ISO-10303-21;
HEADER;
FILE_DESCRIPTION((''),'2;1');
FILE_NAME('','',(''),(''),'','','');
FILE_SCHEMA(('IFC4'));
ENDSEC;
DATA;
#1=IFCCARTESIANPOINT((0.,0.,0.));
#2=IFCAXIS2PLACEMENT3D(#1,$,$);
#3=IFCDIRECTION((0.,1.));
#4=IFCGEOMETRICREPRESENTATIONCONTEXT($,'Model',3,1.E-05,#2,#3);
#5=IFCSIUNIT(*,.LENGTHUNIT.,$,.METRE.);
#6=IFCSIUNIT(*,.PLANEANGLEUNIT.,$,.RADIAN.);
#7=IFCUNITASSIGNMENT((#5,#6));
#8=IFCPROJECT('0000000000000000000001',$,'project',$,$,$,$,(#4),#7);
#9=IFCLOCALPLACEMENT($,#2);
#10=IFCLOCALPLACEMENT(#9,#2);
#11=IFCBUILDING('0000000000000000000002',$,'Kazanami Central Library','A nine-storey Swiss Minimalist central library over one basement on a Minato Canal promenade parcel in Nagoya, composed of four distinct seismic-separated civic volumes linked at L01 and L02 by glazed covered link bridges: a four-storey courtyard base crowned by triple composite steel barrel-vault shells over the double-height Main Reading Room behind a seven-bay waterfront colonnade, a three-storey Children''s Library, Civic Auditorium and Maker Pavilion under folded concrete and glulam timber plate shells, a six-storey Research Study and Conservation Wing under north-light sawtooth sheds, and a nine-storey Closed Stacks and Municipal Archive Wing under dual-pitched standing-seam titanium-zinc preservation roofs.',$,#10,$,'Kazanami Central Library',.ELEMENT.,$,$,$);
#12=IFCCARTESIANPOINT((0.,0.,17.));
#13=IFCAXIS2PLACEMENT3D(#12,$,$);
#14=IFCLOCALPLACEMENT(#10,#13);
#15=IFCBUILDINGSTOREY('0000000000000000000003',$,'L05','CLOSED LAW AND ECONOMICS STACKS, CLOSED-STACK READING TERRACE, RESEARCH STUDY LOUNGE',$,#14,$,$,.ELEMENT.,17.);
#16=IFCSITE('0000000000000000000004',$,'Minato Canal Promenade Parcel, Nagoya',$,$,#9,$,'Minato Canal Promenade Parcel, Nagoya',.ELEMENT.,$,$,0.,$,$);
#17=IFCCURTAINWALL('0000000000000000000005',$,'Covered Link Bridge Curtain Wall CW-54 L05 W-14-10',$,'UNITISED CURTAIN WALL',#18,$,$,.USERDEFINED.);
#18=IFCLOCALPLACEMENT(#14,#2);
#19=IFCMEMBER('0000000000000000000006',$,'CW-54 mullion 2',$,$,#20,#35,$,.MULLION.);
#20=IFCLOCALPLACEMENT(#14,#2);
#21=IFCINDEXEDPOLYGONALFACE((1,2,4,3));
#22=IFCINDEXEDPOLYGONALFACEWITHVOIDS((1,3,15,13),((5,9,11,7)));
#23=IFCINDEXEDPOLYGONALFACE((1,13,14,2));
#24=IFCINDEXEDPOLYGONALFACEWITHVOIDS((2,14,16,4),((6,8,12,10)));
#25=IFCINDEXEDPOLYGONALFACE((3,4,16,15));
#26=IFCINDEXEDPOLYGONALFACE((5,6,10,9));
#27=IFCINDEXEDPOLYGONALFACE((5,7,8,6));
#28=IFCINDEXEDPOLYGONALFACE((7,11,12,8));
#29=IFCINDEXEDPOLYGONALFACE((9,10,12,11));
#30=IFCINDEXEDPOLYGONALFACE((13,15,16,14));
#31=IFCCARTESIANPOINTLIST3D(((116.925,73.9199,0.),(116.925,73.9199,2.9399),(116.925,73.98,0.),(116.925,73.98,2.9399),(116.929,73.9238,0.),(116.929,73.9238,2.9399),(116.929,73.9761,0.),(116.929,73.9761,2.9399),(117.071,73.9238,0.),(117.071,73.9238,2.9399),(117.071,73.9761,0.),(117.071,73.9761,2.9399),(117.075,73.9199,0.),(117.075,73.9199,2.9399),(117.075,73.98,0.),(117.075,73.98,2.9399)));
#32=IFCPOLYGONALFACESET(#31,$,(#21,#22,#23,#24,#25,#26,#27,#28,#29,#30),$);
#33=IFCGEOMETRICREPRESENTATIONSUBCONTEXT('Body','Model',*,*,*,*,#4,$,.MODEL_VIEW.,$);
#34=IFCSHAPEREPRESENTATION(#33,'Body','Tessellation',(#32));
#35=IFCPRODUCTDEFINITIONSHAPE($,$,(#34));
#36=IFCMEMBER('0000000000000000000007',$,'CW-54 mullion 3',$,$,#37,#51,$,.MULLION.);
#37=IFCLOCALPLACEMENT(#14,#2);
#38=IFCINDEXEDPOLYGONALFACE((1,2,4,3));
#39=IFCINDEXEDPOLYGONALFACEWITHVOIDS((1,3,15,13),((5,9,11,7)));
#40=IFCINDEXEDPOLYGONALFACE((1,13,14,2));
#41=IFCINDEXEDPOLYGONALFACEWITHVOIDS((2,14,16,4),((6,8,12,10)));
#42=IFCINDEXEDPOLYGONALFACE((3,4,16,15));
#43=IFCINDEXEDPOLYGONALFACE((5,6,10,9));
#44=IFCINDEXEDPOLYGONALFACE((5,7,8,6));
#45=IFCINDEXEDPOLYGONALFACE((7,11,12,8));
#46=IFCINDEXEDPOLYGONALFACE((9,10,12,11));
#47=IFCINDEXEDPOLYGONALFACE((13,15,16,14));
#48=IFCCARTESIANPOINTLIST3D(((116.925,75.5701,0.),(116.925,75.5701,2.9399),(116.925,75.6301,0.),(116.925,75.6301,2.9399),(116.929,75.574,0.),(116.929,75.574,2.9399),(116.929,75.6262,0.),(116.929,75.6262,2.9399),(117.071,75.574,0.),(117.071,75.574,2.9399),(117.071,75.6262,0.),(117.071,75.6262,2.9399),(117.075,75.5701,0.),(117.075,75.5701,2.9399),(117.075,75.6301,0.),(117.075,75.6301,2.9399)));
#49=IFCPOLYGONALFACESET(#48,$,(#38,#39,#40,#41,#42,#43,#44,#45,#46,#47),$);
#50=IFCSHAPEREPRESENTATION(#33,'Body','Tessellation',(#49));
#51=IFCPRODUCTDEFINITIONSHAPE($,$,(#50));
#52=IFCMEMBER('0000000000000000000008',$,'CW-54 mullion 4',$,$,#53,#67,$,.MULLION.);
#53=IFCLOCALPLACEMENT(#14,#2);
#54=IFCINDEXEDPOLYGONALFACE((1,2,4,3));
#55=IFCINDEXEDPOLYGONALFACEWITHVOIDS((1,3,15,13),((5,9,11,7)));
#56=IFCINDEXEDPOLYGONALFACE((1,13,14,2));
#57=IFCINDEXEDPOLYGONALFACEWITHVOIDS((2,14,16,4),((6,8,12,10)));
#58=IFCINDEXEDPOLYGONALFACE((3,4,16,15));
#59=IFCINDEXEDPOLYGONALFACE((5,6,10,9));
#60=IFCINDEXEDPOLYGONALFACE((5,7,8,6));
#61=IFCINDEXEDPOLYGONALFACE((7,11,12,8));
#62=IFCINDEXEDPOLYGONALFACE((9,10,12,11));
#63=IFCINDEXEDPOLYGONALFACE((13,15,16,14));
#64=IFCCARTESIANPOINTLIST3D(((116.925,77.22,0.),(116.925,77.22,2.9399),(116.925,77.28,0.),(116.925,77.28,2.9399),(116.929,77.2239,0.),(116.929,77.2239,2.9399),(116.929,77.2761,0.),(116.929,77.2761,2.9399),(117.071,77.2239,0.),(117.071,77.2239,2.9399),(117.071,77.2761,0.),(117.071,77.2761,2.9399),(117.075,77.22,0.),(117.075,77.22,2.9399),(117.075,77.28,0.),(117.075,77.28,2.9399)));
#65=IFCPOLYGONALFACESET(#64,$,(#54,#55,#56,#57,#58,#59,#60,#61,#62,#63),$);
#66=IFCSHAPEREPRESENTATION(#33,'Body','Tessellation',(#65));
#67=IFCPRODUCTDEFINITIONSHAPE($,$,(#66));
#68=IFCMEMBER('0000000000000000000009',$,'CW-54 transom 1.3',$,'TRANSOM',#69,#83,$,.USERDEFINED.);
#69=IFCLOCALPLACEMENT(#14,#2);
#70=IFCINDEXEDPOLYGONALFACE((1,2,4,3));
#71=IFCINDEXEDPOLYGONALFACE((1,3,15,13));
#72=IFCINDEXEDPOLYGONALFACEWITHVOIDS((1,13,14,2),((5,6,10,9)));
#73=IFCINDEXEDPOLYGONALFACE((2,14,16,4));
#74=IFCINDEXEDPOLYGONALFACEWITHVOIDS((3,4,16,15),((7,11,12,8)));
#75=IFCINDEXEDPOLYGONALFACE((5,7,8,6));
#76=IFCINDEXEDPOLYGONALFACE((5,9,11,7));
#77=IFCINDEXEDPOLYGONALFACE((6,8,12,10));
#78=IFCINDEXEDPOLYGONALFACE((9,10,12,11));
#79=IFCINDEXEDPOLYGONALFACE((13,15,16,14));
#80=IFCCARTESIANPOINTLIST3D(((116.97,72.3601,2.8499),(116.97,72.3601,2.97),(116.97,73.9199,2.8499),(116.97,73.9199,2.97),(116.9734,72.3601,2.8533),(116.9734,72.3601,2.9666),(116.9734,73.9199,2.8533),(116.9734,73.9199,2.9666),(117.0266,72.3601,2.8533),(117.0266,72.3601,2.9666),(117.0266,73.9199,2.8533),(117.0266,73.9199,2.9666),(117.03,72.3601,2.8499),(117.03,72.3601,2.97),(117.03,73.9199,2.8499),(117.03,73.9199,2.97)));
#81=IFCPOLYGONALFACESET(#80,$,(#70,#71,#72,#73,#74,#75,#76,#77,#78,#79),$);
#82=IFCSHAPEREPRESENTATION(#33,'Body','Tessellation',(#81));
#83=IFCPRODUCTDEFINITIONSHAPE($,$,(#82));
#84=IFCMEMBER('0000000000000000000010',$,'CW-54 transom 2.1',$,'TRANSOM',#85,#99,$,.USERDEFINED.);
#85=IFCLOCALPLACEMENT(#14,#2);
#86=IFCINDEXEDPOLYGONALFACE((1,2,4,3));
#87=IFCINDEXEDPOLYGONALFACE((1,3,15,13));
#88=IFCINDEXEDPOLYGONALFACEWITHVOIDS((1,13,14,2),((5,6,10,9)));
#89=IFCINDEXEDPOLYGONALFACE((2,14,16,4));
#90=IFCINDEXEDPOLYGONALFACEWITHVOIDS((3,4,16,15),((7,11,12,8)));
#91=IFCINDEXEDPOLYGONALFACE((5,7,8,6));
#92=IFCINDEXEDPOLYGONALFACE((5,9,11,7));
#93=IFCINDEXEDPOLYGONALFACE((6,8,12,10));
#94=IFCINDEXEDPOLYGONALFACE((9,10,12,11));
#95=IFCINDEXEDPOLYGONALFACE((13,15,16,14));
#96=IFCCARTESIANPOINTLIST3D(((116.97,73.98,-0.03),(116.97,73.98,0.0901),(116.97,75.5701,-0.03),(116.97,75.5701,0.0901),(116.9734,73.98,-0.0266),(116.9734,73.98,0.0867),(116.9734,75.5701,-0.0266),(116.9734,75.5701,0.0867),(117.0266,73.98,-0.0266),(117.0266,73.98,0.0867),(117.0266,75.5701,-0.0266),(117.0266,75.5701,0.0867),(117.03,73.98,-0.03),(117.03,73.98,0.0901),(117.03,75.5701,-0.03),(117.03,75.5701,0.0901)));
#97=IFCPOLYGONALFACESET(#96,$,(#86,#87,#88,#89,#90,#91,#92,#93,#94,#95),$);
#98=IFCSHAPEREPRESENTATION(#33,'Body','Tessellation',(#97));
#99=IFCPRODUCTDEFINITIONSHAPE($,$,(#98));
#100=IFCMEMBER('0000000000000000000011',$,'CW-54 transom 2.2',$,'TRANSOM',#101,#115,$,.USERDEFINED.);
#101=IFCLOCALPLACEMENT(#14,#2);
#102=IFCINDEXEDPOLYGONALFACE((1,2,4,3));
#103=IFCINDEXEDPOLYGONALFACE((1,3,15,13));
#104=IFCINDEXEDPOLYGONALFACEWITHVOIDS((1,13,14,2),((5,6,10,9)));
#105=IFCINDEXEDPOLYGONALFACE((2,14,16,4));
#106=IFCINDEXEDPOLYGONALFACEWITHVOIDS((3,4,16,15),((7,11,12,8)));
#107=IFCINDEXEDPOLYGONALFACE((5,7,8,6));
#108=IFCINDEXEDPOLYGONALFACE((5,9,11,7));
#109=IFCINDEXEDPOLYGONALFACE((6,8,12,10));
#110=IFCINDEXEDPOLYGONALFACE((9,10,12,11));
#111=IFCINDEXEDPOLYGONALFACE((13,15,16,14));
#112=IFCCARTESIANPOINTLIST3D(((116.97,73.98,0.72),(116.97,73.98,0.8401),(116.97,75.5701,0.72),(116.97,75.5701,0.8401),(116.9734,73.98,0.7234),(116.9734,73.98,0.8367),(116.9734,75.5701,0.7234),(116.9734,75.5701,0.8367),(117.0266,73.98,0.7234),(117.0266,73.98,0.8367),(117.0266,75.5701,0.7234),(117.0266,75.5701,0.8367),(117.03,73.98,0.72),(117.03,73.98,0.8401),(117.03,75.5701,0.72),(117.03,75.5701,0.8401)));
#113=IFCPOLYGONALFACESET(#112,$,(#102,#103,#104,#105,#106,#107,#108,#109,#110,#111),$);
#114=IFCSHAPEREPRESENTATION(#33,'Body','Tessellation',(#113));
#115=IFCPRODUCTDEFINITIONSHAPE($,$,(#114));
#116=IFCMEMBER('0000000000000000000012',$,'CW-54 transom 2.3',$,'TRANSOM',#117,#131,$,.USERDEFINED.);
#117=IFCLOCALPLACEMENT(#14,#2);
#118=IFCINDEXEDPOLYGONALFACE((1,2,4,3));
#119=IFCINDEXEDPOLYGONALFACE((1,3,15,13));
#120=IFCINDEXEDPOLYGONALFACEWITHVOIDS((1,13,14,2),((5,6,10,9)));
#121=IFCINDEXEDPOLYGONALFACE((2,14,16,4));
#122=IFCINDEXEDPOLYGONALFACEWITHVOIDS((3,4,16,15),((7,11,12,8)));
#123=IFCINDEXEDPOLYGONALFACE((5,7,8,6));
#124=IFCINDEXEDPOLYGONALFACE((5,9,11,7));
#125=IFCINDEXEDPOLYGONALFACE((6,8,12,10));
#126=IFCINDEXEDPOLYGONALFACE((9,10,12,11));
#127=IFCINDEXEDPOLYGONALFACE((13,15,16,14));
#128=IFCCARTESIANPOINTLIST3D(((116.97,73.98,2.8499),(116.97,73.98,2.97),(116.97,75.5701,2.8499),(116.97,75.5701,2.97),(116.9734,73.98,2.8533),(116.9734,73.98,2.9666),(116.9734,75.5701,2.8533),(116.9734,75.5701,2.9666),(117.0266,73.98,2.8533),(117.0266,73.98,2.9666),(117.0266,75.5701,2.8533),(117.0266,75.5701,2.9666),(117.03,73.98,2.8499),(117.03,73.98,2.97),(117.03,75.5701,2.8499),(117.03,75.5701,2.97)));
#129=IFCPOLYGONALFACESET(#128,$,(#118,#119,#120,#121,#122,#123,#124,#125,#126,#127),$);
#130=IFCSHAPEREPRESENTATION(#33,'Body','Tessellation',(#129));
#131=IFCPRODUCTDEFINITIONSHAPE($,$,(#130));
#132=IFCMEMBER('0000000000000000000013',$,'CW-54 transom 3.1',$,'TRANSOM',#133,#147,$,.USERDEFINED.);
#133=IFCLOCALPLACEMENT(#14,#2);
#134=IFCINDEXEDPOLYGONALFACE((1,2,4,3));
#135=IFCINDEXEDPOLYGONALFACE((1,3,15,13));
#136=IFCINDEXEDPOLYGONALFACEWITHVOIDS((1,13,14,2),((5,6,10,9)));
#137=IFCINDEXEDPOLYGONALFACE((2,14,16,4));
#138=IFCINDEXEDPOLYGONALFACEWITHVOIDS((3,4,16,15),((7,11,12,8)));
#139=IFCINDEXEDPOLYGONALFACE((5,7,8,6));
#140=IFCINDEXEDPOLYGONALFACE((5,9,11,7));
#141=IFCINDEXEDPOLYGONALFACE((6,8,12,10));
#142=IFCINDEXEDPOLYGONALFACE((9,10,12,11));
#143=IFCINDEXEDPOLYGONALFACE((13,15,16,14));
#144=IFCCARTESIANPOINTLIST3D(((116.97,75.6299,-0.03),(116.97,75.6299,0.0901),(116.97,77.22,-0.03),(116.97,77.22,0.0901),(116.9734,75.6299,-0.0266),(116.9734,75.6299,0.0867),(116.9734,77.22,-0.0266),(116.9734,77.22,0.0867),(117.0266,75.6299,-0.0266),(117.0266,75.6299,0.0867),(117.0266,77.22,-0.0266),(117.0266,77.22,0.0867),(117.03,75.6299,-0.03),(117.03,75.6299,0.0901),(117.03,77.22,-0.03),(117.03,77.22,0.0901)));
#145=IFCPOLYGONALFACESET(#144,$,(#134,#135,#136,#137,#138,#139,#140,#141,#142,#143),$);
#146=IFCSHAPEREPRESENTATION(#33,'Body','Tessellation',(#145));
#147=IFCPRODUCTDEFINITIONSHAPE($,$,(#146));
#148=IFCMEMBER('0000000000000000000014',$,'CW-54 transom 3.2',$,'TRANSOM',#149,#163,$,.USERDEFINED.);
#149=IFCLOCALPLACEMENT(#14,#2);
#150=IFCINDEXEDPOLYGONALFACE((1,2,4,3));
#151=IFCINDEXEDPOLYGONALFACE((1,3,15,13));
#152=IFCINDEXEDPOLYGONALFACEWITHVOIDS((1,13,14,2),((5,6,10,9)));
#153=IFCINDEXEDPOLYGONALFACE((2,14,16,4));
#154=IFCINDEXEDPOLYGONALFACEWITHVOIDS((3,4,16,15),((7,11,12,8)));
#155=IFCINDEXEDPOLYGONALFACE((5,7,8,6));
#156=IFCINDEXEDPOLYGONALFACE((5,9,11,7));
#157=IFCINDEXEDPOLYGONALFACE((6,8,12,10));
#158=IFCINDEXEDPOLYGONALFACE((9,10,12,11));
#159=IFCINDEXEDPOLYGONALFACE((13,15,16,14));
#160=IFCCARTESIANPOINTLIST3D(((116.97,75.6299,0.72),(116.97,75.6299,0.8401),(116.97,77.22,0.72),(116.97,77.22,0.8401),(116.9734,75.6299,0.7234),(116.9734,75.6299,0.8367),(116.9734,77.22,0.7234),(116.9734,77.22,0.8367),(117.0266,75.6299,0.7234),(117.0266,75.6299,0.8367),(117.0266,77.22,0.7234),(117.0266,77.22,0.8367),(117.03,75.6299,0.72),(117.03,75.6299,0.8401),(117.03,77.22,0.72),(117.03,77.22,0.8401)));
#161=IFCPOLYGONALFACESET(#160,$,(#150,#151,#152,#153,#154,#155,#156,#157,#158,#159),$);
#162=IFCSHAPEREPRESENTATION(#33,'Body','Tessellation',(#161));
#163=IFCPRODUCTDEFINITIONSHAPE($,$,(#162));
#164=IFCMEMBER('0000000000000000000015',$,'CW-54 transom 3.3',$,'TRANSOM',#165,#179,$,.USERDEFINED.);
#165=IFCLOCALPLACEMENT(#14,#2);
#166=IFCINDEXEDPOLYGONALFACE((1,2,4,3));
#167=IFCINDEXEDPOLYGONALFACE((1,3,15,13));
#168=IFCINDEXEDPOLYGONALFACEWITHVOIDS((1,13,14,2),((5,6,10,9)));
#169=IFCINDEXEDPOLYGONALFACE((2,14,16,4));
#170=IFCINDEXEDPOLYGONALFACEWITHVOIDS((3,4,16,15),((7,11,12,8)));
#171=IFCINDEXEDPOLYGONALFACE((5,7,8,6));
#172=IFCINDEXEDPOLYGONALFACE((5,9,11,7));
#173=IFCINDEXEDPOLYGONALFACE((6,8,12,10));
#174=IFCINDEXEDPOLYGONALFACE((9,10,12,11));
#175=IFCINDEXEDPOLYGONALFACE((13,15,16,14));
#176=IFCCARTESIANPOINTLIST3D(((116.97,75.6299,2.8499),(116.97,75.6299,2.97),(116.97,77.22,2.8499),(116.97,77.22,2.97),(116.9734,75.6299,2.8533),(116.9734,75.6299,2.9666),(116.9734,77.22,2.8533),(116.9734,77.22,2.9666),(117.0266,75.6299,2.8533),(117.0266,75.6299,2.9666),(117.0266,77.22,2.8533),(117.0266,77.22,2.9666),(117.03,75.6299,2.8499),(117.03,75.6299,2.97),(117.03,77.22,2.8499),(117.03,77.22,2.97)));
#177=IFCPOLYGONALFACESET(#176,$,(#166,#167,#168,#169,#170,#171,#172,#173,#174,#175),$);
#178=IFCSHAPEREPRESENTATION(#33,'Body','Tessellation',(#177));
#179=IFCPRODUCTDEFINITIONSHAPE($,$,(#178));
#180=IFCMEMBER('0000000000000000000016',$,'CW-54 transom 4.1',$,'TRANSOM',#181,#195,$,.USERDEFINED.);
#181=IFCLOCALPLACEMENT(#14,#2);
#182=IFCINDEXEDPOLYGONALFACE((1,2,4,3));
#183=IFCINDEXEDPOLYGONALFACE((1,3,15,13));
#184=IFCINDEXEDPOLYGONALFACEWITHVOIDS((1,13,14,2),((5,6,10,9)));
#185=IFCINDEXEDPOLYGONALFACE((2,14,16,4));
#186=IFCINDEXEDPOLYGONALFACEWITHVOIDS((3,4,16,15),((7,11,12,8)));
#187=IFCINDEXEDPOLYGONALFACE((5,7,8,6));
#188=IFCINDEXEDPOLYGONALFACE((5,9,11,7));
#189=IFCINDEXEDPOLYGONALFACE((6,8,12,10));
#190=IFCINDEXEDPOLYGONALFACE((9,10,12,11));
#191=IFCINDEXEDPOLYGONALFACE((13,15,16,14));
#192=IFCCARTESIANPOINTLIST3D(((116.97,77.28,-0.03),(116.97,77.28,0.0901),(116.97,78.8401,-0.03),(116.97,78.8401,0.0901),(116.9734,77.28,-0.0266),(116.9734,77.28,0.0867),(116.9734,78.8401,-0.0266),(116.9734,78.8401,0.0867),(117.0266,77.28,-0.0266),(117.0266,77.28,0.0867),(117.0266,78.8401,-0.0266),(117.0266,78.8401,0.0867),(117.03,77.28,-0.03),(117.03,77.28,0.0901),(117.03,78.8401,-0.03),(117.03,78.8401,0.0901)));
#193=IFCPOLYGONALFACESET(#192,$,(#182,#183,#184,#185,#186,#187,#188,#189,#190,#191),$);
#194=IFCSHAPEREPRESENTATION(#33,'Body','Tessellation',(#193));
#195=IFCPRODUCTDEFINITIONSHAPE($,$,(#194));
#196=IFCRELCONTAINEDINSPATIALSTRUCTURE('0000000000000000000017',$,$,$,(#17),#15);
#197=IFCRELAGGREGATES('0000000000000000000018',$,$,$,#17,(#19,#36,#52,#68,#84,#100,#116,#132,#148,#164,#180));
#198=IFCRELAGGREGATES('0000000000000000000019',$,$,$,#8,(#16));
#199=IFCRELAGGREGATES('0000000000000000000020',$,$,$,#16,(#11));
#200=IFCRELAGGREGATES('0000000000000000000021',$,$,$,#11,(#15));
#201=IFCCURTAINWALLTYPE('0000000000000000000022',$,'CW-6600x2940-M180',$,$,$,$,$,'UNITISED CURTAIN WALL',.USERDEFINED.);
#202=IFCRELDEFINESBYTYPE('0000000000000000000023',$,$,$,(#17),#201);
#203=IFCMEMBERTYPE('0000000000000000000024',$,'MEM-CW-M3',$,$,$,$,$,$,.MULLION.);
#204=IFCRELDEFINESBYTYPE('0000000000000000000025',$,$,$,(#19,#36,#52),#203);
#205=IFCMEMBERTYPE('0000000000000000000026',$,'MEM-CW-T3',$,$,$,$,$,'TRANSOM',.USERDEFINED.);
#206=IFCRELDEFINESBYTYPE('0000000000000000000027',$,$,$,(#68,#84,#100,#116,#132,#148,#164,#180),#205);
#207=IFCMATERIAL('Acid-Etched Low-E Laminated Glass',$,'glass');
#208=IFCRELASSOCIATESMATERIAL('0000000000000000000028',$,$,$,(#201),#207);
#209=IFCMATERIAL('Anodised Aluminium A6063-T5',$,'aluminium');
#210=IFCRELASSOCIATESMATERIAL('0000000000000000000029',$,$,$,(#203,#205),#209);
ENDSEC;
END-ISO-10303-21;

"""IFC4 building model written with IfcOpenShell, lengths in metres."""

from ifc_helpers import new_model, si_unit, direction, frame, origin, origin_2d, place, context, subcontext, project, spatial, hollow_rectangle, extrude, material, material_profile, profile_set, type_object, element, aggregate, save


model = new_model("IFC4")

# Units and contexts
model_context = context("Model", 3, precision=1e-05, world=origin(), true_north=direction((0.0, 1.0)))
body_context = subcontext(model_context, "Body", "Model", "MODEL_VIEW")
ifc_project = project(units=[si_unit("LENGTHUNIT", "METRE"), si_unit("PLANEANGLEUNIT", "RADIAN")], contexts=[model_context])

# Site, building, storey
site_placement = place(None, origin())
site = spatial("IfcSite", under=ifc_project, at=site_placement, Name="Minato Canal Promenade Parcel, Nagoya", LongName="Minato Canal Promenade Parcel, Nagoya", CompositionType="ELEMENT", RefElevation=0.0)
building_placement = place(site_placement, origin())
building = spatial("IfcBuilding", under=site, at=building_placement, Name="Kazanami Central Library", Description="A nine-storey Swiss Minimalist central library over one basement on a Minato Canal promenade parcel in Nagoya, composed of four distinct seismic-separated civic volumes linked at L01 and L02 by glazed covered link bridges: a four-storey courtyard base crowned by triple composite steel barrel-vault shells over the double-height Main Reading Room behind a seven-bay waterfront colonnade, a three-storey Children's Library, Civic Auditorium and Maker Pavilion under folded concrete and glulam timber plate shells, a six-storey Research Study and Conservation Wing under north-light sawtooth sheds, and a nine-storey Closed Stacks and Municipal Archive Wing under dual-pitched standing-seam titanium-zinc preservation roofs.", LongName="Kazanami Central Library", CompositionType="ELEMENT")
storey_placement = place(building_placement, frame((0.0, 0.0, 17.0)))
storey = spatial("IfcBuildingStorey", under=building, at=storey_placement, Name="L05", Description="CLOSED LAW AND ECONOMICS STACKS, CLOSED-STACK READING TERRACE, RESEARCH STUDY LOUNGE", CompositionType="ELEMENT", Elevation=17.0)

# Curtain wall, members
ifc_material_1 = material(Name="Acid-Etched Low-E Laminated Glass", Category="glass")
curtain_wall_type = type_object("IfcCurtainWallType", Name="CW-6600x2940-M180", ElementType="UNITISED CURTAIN WALL", PredefinedType="USERDEFINED", material=ifc_material_1)
curtain_wall_placement = place(storey_placement, origin())
curtain_wall = element("IfcCurtainWall", 1, at=curtain_wall_placement, inside=storey, type_object=curtain_wall_type, Name="Covered Link Bridge Curtain Wall CW-54 L05 W-14-10", ObjectType="UNITISED CURTAIN WALL", PredefinedType="USERDEFINED")
ifc_material_2 = material(Name="Anodised Aluminium A6063-T5", Category="aluminium")
ifc_material_profile_1 = material_profile(ifc_material_2, hollow_rectangle(XDim=0.0601, YDim=0.1499, WallThickness=0.0039, at=origin_2d()), Name="ALU-MULL-60x150x4")
ifc_profile_set_1 = profile_set([ifc_material_profile_1], Name="Anodised Aluminium A6063-T5")
member_type_1 = type_object("IfcMemberType", Name="MEM-CW-M3", PredefinedType="MULLION", material=ifc_profile_set_1)
member_1_placement = place(storey_placement, frame((117.0, 73.95, 0.0), z_axis=(0.0, 0.0, 1.0), x_axis=(0.0, 1.0, 0.0)))
member_1 = element("IfcMember", 2, at=member_1_placement, type_object=member_type_1, Name="CW-54 mullion 2", PredefinedType="MULLION", context=body_context, shape_type="SweptSolid", body=[
    extrude(hollow_rectangle(XDim=0.0601, YDim=0.1499, WallThickness=0.0039, at=origin_2d()), origin(), (0.0, 0.0, 1.0), 2.9399),
])
member_2_placement = place(storey_placement, frame((117.0, 75.6001, 0.0), z_axis=(0.0, 0.0, 1.0), x_axis=(0.0, 1.0, 0.0)))
member_2 = element("IfcMember", 3, at=member_2_placement, type_object=member_type_1, Name="CW-54 mullion 3", PredefinedType="MULLION", context=body_context, shape_type="SweptSolid", body=[
    extrude(hollow_rectangle(XDim=0.0601, YDim=0.1499, WallThickness=0.0039, at=origin_2d()), origin(), (0.0, 0.0, 1.0), 2.9399),
])
member_3_placement = place(storey_placement, frame((117.0, 77.25, 0.0), z_axis=(0.0, 0.0, 1.0), x_axis=(0.0, 1.0, 0.0)))
member_3 = element("IfcMember", 4, at=member_3_placement, type_object=member_type_1, Name="CW-54 mullion 4", PredefinedType="MULLION", context=body_context, shape_type="SweptSolid", body=[
    extrude(hollow_rectangle(XDim=0.0601, YDim=0.1499, WallThickness=0.0039, at=origin_2d()), origin(), (0.0, 0.0, 1.0), 2.9399),
])
ifc_material_profile_2 = material_profile(ifc_material_2, hollow_rectangle(XDim=0.0601, YDim=0.1201, WallThickness=0.0034, at=origin_2d()), Name="ALU-TRAN-60x120x3.5")
ifc_profile_set_2 = profile_set([ifc_material_profile_2], Name="Anodised Aluminium A6063-T5")
member_type_2 = type_object("IfcMemberType", Name="MEM-CW-T3", ElementType="TRANSOM", PredefinedType="USERDEFINED", material=ifc_profile_set_2)
member_4_placement = place(storey_placement, frame((117.0, 72.3601, 2.9099), z_axis=(0.0, 1.0, 0.0), x_axis=(-1.0, 0.0, 0.0)))
member_4 = element("IfcMember", 5, at=member_4_placement, type_object=member_type_2, Name="CW-54 transom 1.3", ObjectType="TRANSOM", PredefinedType="USERDEFINED", context=body_context, shape_type="SweptSolid", body=[
    extrude(hollow_rectangle(XDim=0.0601, YDim=0.1201, WallThickness=0.0034, at=origin_2d()), origin(), (0.0, 0.0, 1.0), 1.5598),
])
member_5_placement = place(storey_placement, frame((117.0, 73.98, 0.03), z_axis=(0.0, 1.0, 0.0), x_axis=(-1.0, 0.0, 0.0)))
member_5 = element("IfcMember", 6, at=member_5_placement, type_object=member_type_2, Name="CW-54 transom 2.1", ObjectType="TRANSOM", PredefinedType="USERDEFINED", context=body_context, shape_type="SweptSolid", body=[
    extrude(hollow_rectangle(XDim=0.0601, YDim=0.1201, WallThickness=0.0034, at=origin_2d()), origin(), (0.0, 0.0, 1.0), 1.5901),
])
member_6_placement = place(storey_placement, frame((117.0, 73.98, 0.78), z_axis=(0.0, 1.0, 0.0), x_axis=(-1.0, 0.0, 0.0)))
member_6 = element("IfcMember", 7, at=member_6_placement, type_object=member_type_2, Name="CW-54 transom 2.2", ObjectType="TRANSOM", PredefinedType="USERDEFINED", context=body_context, shape_type="SweptSolid", body=[
    extrude(hollow_rectangle(XDim=0.0601, YDim=0.1201, WallThickness=0.0034, at=origin_2d()), origin(), (0.0, 0.0, 1.0), 1.5901),
])
member_7_placement = place(storey_placement, frame((117.0, 73.98, 2.9099), z_axis=(0.0, 1.0, 0.0), x_axis=(-1.0, 0.0, 0.0)))
member_7 = element("IfcMember", 8, at=member_7_placement, type_object=member_type_2, Name="CW-54 transom 2.3", ObjectType="TRANSOM", PredefinedType="USERDEFINED", context=body_context, shape_type="SweptSolid", body=[
    extrude(hollow_rectangle(XDim=0.0601, YDim=0.1201, WallThickness=0.0034, at=origin_2d()), origin(), (0.0, 0.0, 1.0), 1.5901),
])
member_8_placement = place(storey_placement, frame((117.0, 75.6299, 0.03), z_axis=(0.0, 1.0, 0.0), x_axis=(-1.0, 0.0, 0.0)))
member_8 = element("IfcMember", 9, at=member_8_placement, type_object=member_type_2, Name="CW-54 transom 3.1", ObjectType="TRANSOM", PredefinedType="USERDEFINED", context=body_context, shape_type="SweptSolid", body=[
    extrude(hollow_rectangle(XDim=0.0601, YDim=0.1201, WallThickness=0.0034, at=origin_2d()), origin(), (0.0, 0.0, 1.0), 1.5901),
])
member_9_placement = place(storey_placement, frame((117.0, 75.6299, 0.78), z_axis=(0.0, 1.0, 0.0), x_axis=(-1.0, 0.0, 0.0)))
member_9 = element("IfcMember", 10, at=member_9_placement, type_object=member_type_2, Name="CW-54 transom 3.2", ObjectType="TRANSOM", PredefinedType="USERDEFINED", context=body_context, shape_type="SweptSolid", body=[
    extrude(hollow_rectangle(XDim=0.0601, YDim=0.1201, WallThickness=0.0034, at=origin_2d()), origin(), (0.0, 0.0, 1.0), 1.5901),
])
member_10_placement = place(storey_placement, frame((117.0, 75.6299, 2.9099), z_axis=(0.0, 1.0, 0.0), x_axis=(-1.0, 0.0, 0.0)))
member_10 = element("IfcMember", 11, at=member_10_placement, type_object=member_type_2, Name="CW-54 transom 3.3", ObjectType="TRANSOM", PredefinedType="USERDEFINED", context=body_context, shape_type="SweptSolid", body=[
    extrude(hollow_rectangle(XDim=0.0601, YDim=0.1201, WallThickness=0.0034, at=origin_2d()), origin(), (0.0, 0.0, 1.0), 1.5901),
])
member_11_placement = place(storey_placement, frame((117.0, 77.28, 0.03), z_axis=(0.0, 1.0, 0.0), x_axis=(-1.0, 0.0, 0.0)))
member_11 = element("IfcMember", 12, at=member_11_placement, type_object=member_type_2, Name="CW-54 transom 4.1", ObjectType="TRANSOM", PredefinedType="USERDEFINED", context=body_context, shape_type="SweptSolid", body=[
    extrude(hollow_rectangle(XDim=0.0601, YDim=0.1201, WallThickness=0.0034, at=origin_2d()), origin(), (0.0, 0.0, 1.0), 1.5601),
])
aggregate(curtain_wall, [member_1, member_2, member_3, member_4, member_5, member_6, member_7, member_8, member_9, member_10, member_11])

save(model, "model.ifc")
